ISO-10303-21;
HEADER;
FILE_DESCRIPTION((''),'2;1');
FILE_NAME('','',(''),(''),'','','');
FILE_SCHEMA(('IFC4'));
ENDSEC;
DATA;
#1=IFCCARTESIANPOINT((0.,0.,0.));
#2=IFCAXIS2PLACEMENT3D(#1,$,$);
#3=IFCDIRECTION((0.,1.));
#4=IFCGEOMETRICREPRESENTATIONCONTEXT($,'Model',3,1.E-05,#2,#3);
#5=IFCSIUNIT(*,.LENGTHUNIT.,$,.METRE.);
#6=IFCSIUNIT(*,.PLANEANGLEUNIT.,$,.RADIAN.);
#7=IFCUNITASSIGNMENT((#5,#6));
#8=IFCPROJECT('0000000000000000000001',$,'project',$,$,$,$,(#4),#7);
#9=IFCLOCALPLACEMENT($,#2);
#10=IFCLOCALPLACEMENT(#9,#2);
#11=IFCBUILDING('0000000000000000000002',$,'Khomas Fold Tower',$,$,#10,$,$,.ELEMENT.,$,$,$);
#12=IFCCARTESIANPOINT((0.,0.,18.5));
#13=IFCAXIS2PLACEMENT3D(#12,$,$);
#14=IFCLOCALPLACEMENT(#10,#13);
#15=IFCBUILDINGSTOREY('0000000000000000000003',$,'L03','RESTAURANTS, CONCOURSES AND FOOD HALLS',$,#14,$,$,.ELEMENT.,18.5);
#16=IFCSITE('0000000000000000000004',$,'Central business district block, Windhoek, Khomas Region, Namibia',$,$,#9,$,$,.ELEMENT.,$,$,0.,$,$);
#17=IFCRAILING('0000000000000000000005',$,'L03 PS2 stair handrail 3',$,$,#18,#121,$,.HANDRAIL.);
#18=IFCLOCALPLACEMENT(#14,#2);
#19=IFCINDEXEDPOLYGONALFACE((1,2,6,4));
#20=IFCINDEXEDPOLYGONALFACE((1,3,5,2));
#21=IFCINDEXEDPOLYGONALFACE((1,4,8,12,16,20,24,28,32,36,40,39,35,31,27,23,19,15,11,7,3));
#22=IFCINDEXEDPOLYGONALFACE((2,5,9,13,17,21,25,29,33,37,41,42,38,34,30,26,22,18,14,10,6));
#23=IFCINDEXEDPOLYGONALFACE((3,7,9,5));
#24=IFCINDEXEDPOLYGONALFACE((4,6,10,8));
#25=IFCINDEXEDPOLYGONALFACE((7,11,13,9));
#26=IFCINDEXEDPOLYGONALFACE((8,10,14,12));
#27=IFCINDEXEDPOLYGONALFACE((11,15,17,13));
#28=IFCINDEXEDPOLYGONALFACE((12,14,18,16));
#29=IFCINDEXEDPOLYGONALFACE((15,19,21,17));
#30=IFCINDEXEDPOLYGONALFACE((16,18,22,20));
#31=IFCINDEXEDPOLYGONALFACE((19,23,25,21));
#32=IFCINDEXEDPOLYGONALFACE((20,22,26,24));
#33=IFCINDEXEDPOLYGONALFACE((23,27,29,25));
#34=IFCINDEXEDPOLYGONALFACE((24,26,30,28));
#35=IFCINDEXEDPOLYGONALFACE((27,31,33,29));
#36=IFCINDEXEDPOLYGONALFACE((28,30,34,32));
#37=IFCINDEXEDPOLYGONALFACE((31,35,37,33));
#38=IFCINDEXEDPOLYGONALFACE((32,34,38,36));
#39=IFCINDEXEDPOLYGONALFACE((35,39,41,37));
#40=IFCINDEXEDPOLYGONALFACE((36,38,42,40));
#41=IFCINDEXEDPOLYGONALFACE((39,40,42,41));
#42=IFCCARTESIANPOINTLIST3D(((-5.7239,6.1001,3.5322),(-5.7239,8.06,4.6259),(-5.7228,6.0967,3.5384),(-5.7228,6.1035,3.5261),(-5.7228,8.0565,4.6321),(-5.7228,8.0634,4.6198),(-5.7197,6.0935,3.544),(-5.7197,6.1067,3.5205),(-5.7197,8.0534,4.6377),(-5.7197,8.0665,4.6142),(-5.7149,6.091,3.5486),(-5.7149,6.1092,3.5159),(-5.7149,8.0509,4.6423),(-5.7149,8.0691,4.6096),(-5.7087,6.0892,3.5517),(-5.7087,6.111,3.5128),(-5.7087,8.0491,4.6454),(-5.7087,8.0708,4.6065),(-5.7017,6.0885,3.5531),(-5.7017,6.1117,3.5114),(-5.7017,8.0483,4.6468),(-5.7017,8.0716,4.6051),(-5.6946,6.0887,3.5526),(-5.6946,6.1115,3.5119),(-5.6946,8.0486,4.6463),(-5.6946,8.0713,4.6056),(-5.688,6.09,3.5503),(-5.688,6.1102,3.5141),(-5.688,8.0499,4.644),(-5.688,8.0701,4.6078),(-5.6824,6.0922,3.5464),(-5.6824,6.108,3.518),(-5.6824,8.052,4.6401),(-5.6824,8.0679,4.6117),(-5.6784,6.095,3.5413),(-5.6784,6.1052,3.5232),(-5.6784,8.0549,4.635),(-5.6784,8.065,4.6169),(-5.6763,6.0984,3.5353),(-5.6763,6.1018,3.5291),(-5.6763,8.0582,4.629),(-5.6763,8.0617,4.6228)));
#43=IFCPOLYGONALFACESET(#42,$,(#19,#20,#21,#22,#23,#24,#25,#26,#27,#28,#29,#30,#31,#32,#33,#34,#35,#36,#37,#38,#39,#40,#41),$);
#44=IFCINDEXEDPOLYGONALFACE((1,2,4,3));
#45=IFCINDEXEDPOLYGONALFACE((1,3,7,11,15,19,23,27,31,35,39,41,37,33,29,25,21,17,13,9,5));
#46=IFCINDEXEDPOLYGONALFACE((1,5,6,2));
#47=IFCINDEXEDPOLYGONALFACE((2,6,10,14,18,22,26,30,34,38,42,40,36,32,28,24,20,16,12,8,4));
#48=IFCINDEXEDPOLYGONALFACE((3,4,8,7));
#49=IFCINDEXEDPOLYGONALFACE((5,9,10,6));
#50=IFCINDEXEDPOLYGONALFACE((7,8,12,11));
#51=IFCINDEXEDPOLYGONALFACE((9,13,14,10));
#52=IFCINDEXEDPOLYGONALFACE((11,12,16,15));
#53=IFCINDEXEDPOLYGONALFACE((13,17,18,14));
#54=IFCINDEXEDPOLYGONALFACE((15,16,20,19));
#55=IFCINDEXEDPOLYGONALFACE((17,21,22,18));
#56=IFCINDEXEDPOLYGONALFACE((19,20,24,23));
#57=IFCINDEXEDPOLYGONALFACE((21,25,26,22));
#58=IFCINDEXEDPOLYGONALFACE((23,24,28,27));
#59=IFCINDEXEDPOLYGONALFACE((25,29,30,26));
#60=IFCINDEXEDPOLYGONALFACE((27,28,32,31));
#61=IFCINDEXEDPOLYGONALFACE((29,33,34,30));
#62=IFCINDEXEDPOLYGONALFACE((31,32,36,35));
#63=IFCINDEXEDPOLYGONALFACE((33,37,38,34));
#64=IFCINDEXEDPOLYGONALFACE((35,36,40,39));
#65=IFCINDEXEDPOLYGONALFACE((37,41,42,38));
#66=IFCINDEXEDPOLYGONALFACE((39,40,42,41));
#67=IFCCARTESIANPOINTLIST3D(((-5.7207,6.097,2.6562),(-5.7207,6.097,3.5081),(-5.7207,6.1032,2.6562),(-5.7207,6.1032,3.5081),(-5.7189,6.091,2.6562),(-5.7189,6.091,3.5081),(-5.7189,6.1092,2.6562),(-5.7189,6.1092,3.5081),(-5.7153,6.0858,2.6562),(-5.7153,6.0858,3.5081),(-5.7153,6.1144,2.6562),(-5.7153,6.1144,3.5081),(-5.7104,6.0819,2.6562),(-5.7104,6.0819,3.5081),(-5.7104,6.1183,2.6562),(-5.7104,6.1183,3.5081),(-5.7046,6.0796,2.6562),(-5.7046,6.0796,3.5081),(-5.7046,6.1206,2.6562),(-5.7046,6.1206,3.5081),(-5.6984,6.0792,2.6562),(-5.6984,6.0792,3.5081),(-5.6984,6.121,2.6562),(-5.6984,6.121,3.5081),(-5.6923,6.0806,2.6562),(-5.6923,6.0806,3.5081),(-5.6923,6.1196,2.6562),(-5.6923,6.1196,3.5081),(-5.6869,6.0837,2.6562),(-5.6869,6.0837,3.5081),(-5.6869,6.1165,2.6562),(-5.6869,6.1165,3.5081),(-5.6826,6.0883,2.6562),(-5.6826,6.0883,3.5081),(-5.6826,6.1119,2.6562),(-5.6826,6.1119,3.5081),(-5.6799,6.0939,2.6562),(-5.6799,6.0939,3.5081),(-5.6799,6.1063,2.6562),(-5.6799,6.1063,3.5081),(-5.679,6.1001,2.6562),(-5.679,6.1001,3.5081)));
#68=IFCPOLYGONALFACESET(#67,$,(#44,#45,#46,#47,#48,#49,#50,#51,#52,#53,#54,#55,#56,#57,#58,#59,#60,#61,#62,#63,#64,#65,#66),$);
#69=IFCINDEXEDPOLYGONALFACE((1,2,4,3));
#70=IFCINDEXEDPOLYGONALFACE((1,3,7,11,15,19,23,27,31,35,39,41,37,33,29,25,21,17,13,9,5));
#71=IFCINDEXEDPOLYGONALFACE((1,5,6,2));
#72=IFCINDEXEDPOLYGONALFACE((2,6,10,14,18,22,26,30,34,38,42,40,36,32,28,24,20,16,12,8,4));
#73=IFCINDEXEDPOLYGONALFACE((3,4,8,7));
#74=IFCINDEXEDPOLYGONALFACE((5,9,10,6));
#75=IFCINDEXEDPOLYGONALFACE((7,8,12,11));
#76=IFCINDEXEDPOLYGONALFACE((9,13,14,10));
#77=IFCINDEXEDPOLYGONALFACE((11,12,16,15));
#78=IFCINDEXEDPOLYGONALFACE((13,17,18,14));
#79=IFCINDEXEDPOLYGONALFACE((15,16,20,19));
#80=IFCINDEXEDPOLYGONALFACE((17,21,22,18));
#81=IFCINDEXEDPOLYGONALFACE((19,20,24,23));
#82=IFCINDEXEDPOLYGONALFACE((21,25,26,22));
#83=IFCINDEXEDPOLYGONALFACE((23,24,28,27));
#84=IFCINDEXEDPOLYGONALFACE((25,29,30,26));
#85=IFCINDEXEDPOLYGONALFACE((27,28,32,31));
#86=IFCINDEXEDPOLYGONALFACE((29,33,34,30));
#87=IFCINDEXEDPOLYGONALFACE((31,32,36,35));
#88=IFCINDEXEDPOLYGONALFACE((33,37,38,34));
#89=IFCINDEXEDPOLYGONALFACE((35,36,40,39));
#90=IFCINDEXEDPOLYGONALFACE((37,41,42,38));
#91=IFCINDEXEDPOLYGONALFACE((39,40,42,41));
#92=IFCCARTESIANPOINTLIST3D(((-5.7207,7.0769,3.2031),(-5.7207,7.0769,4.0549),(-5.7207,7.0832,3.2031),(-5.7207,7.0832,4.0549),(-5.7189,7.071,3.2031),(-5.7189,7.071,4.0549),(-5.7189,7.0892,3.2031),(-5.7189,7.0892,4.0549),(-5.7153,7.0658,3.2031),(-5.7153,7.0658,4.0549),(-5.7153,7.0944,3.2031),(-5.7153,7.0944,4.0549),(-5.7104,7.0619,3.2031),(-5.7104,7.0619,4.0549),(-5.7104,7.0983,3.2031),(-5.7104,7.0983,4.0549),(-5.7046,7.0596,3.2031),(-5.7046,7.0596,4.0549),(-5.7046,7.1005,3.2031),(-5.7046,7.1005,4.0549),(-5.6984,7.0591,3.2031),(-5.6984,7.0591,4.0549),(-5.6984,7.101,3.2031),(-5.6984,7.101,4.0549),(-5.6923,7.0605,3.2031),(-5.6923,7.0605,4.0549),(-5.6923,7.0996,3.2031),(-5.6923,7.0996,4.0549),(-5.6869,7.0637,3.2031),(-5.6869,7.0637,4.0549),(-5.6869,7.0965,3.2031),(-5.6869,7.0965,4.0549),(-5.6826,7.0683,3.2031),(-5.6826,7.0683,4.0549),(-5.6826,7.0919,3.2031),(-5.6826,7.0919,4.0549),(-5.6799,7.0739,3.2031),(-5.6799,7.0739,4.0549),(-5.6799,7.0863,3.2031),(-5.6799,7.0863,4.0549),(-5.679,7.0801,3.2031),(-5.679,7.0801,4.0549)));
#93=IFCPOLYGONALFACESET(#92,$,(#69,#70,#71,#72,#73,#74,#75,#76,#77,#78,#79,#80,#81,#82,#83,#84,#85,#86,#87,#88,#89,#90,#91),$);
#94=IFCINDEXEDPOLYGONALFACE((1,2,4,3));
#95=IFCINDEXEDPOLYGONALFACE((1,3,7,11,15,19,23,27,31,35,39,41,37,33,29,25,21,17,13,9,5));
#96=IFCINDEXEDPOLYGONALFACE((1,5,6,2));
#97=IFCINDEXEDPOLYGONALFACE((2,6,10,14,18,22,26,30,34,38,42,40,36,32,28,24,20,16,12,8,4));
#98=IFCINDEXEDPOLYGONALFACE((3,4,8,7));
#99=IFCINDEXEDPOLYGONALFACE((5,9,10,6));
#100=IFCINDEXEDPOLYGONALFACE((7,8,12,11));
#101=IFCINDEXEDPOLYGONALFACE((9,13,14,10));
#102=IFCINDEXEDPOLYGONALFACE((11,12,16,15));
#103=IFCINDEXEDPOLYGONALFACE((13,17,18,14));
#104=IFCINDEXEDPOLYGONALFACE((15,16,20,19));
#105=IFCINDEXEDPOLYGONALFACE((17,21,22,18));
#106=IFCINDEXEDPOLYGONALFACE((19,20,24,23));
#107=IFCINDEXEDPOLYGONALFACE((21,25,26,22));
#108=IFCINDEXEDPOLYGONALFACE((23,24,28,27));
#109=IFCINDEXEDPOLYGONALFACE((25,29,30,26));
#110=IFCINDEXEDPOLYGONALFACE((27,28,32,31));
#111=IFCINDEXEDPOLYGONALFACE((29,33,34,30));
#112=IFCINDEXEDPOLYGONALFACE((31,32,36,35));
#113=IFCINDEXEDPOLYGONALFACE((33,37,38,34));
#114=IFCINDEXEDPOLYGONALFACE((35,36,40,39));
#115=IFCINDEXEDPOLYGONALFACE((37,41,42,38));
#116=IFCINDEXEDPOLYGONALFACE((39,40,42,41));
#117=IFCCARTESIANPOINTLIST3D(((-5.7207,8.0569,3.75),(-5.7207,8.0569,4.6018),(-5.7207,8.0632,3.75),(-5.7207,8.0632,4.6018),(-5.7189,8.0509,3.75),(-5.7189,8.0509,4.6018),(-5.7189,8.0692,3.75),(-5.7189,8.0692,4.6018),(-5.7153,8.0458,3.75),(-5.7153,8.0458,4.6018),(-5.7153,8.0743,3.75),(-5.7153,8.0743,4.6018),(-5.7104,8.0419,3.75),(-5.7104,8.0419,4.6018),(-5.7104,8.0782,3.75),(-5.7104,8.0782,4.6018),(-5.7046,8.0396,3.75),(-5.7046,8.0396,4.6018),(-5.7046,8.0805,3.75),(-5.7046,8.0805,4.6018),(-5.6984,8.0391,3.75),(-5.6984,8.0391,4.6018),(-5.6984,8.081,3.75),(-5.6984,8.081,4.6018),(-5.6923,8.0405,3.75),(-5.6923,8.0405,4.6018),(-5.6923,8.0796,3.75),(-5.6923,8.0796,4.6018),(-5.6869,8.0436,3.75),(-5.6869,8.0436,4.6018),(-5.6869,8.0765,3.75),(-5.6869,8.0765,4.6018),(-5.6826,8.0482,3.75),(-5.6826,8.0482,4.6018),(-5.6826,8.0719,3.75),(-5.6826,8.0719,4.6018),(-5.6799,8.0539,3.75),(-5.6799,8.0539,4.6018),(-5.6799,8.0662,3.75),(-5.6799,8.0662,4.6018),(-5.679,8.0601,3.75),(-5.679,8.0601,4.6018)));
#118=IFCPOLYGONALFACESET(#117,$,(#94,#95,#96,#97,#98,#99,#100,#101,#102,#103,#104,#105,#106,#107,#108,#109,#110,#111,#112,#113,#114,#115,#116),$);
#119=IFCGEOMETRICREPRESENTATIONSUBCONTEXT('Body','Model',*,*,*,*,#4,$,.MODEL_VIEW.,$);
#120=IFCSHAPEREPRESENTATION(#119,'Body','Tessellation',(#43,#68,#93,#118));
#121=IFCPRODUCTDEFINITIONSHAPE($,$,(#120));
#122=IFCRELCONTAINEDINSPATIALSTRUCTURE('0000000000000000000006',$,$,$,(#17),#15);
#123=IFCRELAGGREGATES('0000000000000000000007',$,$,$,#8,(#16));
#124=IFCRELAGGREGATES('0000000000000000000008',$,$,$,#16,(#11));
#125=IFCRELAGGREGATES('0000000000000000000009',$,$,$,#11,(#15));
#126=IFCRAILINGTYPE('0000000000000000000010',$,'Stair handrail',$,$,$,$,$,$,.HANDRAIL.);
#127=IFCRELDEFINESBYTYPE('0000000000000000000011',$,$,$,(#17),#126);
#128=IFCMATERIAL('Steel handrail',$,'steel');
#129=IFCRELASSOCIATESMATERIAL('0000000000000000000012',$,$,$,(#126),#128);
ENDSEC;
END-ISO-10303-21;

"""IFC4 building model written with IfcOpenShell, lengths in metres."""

from ifc_helpers import new_model, si_unit, direction, frame, origin, origin_2d, place, context, subcontext, project, spatial, circle, extrude, source, transform, mapped, material, type_object, element, save


model = new_model("IFC4")

# Units and contexts
model_context = context("Model", 3, precision=1e-05, world=origin(), true_north=direction((0.0, 1.0)))
body_context = subcontext(model_context, "Body", "Model", "MODEL_VIEW")
ifc_project = project(units=[si_unit("LENGTHUNIT", "METRE"), si_unit("PLANEANGLEUNIT", "RADIAN")], contexts=[model_context])

# Site, building, storey
site_placement = place(None, origin())
site = spatial("IfcSite", under=ifc_project, at=site_placement, Name="Central business district block, Windhoek, Khomas Region, Namibia", CompositionType="ELEMENT", RefElevation=0.0)
building_placement = place(site_placement, origin())
building = spatial("IfcBuilding", under=site, at=building_placement, Name="Khomas Fold Tower", CompositionType="ELEMENT")
storey_placement = place(building_placement, frame((0.0, 0.0, 18.5)))
storey = spatial("IfcBuildingStorey", under=building, at=storey_placement, Name="L03", Description="RESTAURANTS, CONCOURSES AND FOOD HALLS", CompositionType="ELEMENT", Elevation=18.5)

# Railing
ifc_material_1 = material(Name="Steel handrail", Category="steel")
railing_type_1 = type_object("IfcRailingType", Name="Stair handrail", PredefinedType="HANDRAIL", material=ifc_material_1)
shared_shape_1 = source(origin(), body_context, "Body", "SweptSolid", [
    extrude(circle(Radius=0.0239, at=origin_2d()), frame((0.0, 0.0, 0.876), z_axis=(0.0, 0.873232, 0.487304), x_axis=(-1.0, 0.0, 0.0)), (0.0, 0.0, 1.0), 2.2444),
    extrude(circle(Radius=0.021, at=origin_2d()), origin(), (0.0, 0.0, 1.0), 0.8518),
    extrude(circle(Radius=0.021, at=origin_2d()), frame((0.0, 0.98, 0.5469)), (0.0, 0.0, 1.0), 0.8518),
    extrude(circle(Radius=0.021, at=origin_2d()), frame((0.0, 1.96, 1.0938)), (0.0, 0.0, 1.0), 0.8518),
])
for number, where, name in (
    (1, (-5.7, 6.1001, 2.6562), "L03 PS2 stair handrail 3"),
):
    element("IfcRailing", number, at=place(storey_placement, frame(where)), inside=storey, type_object=railing_type_1, Name=name, PredefinedType="HANDRAIL", context=body_context, shape_type="MappedRepresentation", body=[
        mapped(shared_shape_1, transform((0.0, 0.0, 0.0))),
    ])

save(model, "model.ifc")
